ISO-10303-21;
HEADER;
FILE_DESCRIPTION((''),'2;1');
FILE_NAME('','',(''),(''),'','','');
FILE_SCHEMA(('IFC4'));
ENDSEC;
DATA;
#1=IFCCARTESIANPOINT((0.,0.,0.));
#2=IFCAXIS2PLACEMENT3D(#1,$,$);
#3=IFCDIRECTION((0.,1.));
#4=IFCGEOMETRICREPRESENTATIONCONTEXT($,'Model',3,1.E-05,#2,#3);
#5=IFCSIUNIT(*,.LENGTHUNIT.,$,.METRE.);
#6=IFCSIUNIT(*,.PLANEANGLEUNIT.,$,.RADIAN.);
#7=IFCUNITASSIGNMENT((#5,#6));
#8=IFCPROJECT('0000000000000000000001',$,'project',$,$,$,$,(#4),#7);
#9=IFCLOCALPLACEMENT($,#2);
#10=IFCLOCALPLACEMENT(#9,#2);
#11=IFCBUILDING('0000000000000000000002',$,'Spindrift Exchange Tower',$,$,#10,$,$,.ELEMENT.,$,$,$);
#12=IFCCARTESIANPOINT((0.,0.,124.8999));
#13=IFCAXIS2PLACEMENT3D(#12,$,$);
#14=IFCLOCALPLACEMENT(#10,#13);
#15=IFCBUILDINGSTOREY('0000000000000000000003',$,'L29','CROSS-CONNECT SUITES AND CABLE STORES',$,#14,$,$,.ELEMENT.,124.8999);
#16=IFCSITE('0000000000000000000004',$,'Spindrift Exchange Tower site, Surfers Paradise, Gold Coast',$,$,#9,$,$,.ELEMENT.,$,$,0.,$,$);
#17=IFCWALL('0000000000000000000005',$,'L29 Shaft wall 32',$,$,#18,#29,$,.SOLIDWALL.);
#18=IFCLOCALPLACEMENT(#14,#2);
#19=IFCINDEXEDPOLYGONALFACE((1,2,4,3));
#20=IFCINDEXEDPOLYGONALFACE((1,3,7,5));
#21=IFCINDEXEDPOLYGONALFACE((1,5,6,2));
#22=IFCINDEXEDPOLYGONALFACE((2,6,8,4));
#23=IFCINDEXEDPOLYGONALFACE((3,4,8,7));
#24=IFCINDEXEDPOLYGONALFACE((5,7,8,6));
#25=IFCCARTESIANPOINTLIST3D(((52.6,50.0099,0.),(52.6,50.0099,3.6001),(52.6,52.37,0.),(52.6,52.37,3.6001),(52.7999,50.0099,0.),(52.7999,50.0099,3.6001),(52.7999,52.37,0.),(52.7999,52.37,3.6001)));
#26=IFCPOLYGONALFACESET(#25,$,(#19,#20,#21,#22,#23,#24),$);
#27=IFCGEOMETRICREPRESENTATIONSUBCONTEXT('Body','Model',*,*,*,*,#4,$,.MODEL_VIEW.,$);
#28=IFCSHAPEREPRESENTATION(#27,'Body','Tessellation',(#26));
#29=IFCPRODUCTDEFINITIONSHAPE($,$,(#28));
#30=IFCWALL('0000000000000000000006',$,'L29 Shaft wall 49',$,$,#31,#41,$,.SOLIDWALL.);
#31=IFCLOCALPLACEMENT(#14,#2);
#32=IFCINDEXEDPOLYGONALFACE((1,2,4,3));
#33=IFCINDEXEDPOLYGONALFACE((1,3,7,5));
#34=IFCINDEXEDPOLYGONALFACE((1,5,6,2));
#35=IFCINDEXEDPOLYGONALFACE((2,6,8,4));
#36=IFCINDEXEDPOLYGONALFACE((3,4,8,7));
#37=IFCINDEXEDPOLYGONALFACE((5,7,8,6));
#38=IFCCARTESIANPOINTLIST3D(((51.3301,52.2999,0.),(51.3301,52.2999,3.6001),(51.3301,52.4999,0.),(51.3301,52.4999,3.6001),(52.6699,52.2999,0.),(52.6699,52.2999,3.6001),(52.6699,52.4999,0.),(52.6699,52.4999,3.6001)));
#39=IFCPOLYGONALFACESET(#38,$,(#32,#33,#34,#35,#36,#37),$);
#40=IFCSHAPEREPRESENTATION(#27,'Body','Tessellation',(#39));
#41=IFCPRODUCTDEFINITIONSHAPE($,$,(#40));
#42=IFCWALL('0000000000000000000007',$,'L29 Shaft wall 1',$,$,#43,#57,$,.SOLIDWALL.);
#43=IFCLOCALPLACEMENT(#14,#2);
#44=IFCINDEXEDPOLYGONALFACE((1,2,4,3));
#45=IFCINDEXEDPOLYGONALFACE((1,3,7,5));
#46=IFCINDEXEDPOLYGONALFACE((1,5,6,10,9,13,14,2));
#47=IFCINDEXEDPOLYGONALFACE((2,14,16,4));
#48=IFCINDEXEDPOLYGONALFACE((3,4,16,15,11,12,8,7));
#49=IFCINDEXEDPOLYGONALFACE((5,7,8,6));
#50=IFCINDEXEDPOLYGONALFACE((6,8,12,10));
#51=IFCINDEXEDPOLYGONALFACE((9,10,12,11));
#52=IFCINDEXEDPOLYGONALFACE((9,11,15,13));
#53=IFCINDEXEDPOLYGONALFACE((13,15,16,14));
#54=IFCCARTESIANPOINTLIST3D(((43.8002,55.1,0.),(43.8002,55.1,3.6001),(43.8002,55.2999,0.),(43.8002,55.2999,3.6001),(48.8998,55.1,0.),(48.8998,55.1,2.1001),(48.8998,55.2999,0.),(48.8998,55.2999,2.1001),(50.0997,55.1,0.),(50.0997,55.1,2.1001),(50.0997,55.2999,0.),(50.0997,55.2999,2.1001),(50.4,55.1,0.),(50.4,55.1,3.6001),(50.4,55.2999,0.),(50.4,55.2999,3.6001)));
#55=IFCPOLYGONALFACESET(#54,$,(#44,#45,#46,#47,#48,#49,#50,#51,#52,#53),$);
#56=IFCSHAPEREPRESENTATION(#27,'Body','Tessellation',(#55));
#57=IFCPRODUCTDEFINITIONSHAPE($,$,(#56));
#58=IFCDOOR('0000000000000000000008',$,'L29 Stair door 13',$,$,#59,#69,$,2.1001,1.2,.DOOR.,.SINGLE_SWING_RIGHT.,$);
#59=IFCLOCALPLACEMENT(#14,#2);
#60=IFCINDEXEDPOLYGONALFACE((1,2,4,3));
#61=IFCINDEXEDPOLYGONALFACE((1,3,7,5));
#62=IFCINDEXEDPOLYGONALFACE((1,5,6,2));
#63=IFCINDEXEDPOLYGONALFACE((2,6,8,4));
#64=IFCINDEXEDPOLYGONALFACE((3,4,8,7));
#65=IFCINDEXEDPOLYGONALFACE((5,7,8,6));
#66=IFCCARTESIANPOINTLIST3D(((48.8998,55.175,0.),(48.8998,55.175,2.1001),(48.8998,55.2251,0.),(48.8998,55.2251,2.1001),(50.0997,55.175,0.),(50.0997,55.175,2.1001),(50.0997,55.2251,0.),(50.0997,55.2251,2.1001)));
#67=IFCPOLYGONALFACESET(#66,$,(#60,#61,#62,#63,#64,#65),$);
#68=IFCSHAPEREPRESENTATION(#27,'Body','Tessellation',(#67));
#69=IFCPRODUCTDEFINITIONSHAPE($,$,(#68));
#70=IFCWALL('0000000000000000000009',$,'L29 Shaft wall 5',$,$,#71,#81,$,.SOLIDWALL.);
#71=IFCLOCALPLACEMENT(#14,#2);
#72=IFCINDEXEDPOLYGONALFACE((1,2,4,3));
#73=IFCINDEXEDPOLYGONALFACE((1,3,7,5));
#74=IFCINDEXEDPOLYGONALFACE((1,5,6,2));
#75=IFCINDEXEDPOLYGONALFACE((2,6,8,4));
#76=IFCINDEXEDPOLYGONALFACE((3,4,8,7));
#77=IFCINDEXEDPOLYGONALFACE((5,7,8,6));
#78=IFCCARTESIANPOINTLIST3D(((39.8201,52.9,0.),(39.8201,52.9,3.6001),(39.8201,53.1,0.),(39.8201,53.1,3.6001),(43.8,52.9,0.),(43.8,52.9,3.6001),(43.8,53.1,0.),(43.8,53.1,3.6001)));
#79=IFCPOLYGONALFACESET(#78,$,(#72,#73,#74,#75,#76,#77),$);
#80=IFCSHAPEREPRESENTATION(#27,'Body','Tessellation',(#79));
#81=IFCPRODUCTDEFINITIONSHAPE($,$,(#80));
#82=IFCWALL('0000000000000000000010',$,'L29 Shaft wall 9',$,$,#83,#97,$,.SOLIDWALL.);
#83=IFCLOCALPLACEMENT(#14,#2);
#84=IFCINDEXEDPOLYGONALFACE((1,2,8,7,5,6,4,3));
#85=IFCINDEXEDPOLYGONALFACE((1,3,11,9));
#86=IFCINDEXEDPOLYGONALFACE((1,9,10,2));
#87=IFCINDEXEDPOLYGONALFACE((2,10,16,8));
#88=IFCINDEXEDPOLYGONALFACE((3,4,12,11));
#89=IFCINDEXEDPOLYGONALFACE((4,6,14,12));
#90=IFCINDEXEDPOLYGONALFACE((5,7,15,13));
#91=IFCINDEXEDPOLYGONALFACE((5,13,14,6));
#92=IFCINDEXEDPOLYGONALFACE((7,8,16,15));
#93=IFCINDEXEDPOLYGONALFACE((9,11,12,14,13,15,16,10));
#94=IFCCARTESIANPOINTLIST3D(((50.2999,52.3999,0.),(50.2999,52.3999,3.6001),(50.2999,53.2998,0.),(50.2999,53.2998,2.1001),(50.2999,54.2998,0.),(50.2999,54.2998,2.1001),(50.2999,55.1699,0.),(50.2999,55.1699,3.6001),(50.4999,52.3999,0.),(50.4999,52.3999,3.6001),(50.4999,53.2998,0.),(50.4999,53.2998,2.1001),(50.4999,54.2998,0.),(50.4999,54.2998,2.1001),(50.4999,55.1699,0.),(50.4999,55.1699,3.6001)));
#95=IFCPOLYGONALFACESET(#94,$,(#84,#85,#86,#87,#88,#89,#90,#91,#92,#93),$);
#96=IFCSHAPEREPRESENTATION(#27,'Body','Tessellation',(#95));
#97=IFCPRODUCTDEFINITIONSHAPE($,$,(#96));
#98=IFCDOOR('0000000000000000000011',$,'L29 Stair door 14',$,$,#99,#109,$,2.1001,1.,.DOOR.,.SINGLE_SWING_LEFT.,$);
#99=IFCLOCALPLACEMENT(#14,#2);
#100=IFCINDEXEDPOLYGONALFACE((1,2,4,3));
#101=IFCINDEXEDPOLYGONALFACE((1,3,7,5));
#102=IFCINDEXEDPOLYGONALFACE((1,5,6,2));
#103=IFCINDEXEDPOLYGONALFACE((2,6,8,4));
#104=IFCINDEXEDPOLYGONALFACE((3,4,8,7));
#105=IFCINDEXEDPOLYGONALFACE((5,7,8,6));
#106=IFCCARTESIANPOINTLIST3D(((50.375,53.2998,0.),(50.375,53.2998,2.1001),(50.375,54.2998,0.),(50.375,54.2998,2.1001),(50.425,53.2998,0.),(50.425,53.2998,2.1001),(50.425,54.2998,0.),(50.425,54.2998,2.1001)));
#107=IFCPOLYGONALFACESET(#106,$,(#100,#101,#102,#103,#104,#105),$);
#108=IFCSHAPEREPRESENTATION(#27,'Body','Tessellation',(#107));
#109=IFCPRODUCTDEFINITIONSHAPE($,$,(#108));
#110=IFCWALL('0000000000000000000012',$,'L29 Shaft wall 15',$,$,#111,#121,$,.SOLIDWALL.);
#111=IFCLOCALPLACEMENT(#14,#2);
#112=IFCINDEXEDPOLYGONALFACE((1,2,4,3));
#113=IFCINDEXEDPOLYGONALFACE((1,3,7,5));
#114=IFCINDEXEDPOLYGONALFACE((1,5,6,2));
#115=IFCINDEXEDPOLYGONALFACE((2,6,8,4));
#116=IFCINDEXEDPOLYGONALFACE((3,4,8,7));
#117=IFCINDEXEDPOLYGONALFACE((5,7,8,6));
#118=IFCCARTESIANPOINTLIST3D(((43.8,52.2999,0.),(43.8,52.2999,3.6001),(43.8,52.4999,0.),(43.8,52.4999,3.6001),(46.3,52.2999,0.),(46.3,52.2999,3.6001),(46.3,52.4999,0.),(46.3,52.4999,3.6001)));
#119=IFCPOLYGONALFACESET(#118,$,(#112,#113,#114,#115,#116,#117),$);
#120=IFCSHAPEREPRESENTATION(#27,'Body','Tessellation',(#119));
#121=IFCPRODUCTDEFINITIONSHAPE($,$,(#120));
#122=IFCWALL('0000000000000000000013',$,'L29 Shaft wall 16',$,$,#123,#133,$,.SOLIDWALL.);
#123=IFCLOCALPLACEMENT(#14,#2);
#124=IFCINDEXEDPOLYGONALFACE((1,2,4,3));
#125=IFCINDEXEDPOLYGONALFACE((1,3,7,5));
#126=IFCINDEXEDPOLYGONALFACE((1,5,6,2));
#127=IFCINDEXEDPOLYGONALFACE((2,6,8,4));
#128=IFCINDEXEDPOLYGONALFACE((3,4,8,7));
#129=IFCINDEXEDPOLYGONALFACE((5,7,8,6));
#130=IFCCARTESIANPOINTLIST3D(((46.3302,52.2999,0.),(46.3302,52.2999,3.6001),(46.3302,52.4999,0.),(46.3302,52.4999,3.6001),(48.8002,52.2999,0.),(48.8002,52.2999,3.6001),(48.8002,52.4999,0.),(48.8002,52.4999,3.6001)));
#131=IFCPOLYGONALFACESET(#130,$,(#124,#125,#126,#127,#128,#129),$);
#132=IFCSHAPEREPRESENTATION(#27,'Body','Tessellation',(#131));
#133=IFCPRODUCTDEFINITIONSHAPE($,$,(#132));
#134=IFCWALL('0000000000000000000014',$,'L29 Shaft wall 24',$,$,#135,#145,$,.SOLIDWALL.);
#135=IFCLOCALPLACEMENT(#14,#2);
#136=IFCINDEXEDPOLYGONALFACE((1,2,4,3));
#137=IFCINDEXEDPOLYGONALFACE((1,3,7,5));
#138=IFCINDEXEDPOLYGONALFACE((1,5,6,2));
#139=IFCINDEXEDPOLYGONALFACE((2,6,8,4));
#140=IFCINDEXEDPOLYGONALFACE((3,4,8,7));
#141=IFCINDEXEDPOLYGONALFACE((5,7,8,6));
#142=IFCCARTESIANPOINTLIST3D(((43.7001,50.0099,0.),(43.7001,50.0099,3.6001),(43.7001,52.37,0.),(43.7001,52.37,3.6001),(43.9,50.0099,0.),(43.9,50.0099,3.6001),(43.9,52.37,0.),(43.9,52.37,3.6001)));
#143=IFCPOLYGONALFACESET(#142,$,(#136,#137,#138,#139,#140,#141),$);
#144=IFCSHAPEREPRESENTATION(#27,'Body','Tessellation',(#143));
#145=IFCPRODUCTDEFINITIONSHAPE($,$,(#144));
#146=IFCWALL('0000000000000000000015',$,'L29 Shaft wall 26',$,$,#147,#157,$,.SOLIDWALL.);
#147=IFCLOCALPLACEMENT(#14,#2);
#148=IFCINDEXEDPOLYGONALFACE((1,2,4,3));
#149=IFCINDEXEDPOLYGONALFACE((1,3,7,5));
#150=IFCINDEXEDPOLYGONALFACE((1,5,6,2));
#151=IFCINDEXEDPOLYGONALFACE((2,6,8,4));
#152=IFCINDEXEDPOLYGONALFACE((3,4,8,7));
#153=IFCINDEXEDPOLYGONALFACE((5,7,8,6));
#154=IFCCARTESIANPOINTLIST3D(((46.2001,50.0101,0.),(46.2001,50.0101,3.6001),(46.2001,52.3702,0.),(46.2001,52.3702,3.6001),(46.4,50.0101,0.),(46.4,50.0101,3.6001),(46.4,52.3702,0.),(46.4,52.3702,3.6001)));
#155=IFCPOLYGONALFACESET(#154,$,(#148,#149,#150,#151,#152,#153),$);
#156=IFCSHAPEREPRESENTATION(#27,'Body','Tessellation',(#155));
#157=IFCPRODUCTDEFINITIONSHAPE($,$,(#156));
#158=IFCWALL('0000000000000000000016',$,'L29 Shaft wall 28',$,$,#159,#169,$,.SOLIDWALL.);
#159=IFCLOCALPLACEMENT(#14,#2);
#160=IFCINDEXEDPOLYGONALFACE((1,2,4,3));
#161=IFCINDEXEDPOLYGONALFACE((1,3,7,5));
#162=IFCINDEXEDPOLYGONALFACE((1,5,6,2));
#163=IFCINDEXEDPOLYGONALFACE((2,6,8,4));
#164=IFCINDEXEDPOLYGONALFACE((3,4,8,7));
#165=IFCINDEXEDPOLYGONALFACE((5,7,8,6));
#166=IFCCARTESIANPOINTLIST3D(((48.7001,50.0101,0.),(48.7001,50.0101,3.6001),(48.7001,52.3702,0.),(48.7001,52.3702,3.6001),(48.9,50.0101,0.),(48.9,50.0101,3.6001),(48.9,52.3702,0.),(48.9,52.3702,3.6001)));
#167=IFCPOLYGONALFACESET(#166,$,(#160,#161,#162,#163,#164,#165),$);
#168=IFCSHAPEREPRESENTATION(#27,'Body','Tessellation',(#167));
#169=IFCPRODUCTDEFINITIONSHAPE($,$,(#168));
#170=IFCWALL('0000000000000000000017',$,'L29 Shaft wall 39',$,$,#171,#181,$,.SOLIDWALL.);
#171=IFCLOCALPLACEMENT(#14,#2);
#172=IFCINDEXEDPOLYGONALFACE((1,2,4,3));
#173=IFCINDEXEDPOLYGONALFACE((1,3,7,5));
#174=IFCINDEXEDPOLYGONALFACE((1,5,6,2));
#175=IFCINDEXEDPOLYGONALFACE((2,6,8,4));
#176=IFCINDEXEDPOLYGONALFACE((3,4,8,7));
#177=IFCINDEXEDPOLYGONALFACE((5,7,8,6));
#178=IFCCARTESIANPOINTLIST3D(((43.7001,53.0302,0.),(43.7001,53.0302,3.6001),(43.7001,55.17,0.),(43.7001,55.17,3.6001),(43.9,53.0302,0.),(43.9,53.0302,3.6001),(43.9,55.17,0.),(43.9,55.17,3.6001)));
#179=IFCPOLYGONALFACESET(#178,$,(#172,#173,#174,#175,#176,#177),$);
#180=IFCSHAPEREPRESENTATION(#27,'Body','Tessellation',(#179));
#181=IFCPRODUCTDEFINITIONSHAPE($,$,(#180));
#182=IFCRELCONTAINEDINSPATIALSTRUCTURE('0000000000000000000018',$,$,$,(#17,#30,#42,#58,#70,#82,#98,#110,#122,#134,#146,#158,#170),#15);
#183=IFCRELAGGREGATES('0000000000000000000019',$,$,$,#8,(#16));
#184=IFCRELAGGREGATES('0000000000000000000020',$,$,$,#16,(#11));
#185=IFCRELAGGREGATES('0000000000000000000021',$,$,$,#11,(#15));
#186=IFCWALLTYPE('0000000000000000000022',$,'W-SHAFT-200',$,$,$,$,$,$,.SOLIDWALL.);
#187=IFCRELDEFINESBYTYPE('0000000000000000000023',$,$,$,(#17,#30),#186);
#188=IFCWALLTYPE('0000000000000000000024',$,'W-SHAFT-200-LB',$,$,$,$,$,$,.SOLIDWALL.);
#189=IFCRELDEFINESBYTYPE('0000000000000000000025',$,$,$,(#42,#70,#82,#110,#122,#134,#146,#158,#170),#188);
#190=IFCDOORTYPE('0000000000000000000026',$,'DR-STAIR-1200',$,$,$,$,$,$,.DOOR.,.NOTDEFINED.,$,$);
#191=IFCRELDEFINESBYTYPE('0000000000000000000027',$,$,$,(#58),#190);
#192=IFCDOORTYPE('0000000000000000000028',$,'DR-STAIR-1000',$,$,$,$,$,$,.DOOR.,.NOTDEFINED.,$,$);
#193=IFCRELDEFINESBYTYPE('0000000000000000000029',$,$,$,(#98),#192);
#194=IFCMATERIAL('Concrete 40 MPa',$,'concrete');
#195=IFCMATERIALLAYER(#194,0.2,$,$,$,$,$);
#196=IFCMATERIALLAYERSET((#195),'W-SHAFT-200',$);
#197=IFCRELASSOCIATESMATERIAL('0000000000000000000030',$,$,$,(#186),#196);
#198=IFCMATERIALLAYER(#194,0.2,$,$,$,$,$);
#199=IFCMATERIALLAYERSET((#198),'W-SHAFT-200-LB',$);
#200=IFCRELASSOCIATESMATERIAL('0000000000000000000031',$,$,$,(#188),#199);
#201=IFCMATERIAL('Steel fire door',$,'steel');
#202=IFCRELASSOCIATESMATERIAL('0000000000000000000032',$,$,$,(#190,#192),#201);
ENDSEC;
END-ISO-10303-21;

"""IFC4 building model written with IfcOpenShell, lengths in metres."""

from ifc_helpers import new_model, si_unit, direction, frame, frame_2d, origin, place, context, subcontext, project, spatial, rectangle, extrude, source, transform, mapped, material, layer, layer_set, type_object, element, fill, save


model = new_model("IFC4")

# Units and contexts
model_context = context("Model", 3, precision=1e-05, world=origin(), true_north=direction((0.0, 1.0)))
body_context = subcontext(model_context, "Body", "Model", "MODEL_VIEW")
ifc_project = project(units=[si_unit("LENGTHUNIT", "METRE"), si_unit("PLANEANGLEUNIT", "RADIAN")], contexts=[model_context])

# Site, building, storey
site_placement = place(None, origin())
site = spatial("IfcSite", under=ifc_project, at=site_placement, Name="Spindrift Exchange Tower site, Surfers Paradise, Gold Coast", CompositionType="ELEMENT", RefElevation=0.0)
building_placement = place(site_placement, origin())
building = spatial("IfcBuilding", under=site, at=building_placement, Name="Spindrift Exchange Tower", CompositionType="ELEMENT")
storey_placement = place(building_placement, frame((0.0, 0.0, 124.8999)))
storey = spatial("IfcBuildingStorey", under=building, at=storey_placement, Name="L29", Description="CROSS-CONNECT SUITES AND CABLE STORES", CompositionType="ELEMENT", Elevation=124.8999)

# Walls
ifc_material_1 = material(Name="Concrete 40 MPa", Category="concrete")
ifc_layer_1 = layer(ifc_material_1, 0.2)
ifc_layer_set_1 = layer_set([ifc_layer_1], Name="W-SHAFT-200")
wall_type_1 = type_object("IfcWallType", Name="W-SHAFT-200", PredefinedType="SOLIDWALL", material=ifc_layer_set_1)
wall_1_placement = place(storey_placement, frame((52.7, 52.3701, 0.0), z_axis=(0.0, 0.0, 1.0), x_axis=(0.0, -1.0, 0.0)))
element("IfcWall", 1, at=wall_1_placement, inside=storey, type_object=wall_type_1, Name="L29 Shaft wall 32", PredefinedType="SOLIDWALL", context=body_context, shape_type="SweptSolid", body=[
    extrude(rectangle(XDim=2.3601, YDim=0.2, at=frame_2d((1.1802, 0.0))), origin(), (0.0, 0.0, 1.0), 3.6001),
])
wall_2_placement = place(storey_placement, frame((51.3301, 52.3999, 0.0), z_axis=(0.0, 0.0, 1.0), x_axis=(1.0, 0.0, 0.0)))
element("IfcWall", 2, at=wall_2_placement, inside=storey, type_object=wall_type_1, Name="L29 Shaft wall 49", PredefinedType="SOLIDWALL", context=body_context, shape_type="SweptSolid", body=[
    extrude(rectangle(XDim=1.3398, YDim=0.2, at=frame_2d((0.6699, 0.0))), origin(), (0.0, 0.0, 1.0), 3.6001),
])

# Wall, opening, door
ifc_layer_2 = layer(ifc_material_1, 0.2)
ifc_layer_set_2 = layer_set([ifc_layer_2], Name="W-SHAFT-200-LB")
wall_type_2 = type_object("IfcWallType", Name="W-SHAFT-200-LB", PredefinedType="SOLIDWALL", material=ifc_layer_set_2)
wall_3_placement = place(storey_placement, frame((50.3999, 55.2, 0.0), z_axis=(0.0, 0.0, 1.0), x_axis=(-1.0, 0.0, 0.0)))
wall_3 = element("IfcWall", 3, at=wall_3_placement, inside=storey, type_object=wall_type_2, Name="L29 Shaft wall 1", PredefinedType="SOLIDWALL", context=body_context, shape_type="SweptSolid", body=[
    extrude(rectangle(XDim=6.5999, YDim=0.2, at=frame_2d((3.2998, 0.0))), origin(), (0.0, 0.0, 1.0), 3.6001),
])
opening_1_placement = place(wall_3_placement, frame((0.3, 0.0, 0.0)))
opening_1 = element("IfcOpeningElement", 4, at=opening_1_placement, cuts=wall_3, PredefinedType="OPENING", context=body_context, shape_type="SweptSolid", body=[
    extrude(rectangle(XDim=1.2, YDim=2.1001, at=frame_2d((0.6001, 1.05))), frame((0.0, 0.1099, 0.0), z_axis=(0.0, -1.0, 0.0), x_axis=(1.0, 0.0, 0.0)), (0.0, 0.0, 1.0), 0.22),
])
ifc_material_2 = material(Name="Steel fire door", Category="steel")
door_type_1 = type_object("IfcDoorType", Name="DR-STAIR-1200", OperationType="NOTDEFINED", PredefinedType="DOOR", material=ifc_material_2)
shared_shape_1 = source(origin(), body_context, "Body", "SweptSolid", [
    extrude(rectangle(XDim=1.2, YDim=2.1001, at=frame_2d((0.6001, 1.05))), frame((0.0, 0.0249, 0.0), z_axis=(0.0, -1.0, 0.0), x_axis=(1.0, 0.0, 0.0)), (0.0, 0.0, 1.0), 0.05),
])
door_1_placement = place(opening_1_placement, origin())
door_1 = element("IfcDoor", 5, at=door_1_placement, inside=storey, type_object=door_type_1, Name="L29 Stair door 13", OperationType="SINGLE_SWING_RIGHT", OverallHeight=2.1001, OverallWidth=1.2, PredefinedType="DOOR", context=body_context, shape_type="MappedRepresentation", body=[
    mapped(shared_shape_1, transform((0.0, 0.0, 0.0), scale=1.0)),
])
fill(opening_1, door_1)

# Wall
wall_4_placement = place(storey_placement, frame((43.8, 53.0, 0.0), z_axis=(0.0, 0.0, 1.0), x_axis=(-1.0, 0.0, 0.0)))
element("IfcWall", 6, at=wall_4_placement, inside=storey, type_object=wall_type_2, Name="L29 Shaft wall 5", PredefinedType="SOLIDWALL", context=body_context, shape_type="SweptSolid", body=[
    extrude(rectangle(XDim=3.98, YDim=0.2, at=frame_2d((1.99, 0.0))), origin(), (0.0, 0.0, 1.0), 3.6001),
])

# Wall, opening, door
wall_5_placement = place(storey_placement, frame((50.3999, 52.3999, 0.0), z_axis=(0.0, 0.0, 1.0), x_axis=(0.0, 1.0, 0.0)))
wall_5 = element("IfcWall", 7, at=wall_5_placement, inside=storey, type_object=wall_type_2, Name="L29 Shaft wall 9", PredefinedType="SOLIDWALL", context=body_context, shape_type="SweptSolid", body=[
    extrude(rectangle(XDim=2.77, YDim=0.2, at=frame_2d((1.385, 0.0))), origin(), (0.0, 0.0, 1.0), 3.6001),
])
opening_2_placement = place(wall_5_placement, frame((0.8999, 0.0, 0.0)))
opening_2 = element("IfcOpeningElement", 8, at=opening_2_placement, cuts=wall_5, PredefinedType="OPENING", context=body_context, shape_type="SweptSolid", body=[
    extrude(rectangle(XDim=1.0, YDim=2.1001, at=frame_2d((0.5, 1.05))), frame((0.0, 0.1099, 0.0), z_axis=(0.0, -1.0, 0.0), x_axis=(1.0, 0.0, 0.0)), (0.0, 0.0, 1.0), 0.22),
])
door_type_2 = type_object("IfcDoorType", Name="DR-STAIR-1000", OperationType="NOTDEFINED", PredefinedType="DOOR", material=ifc_material_2)
shared_shape_2 = source(origin(), body_context, "Body", "SweptSolid", [
    extrude(rectangle(XDim=1.0, YDim=2.1001, at=frame_2d((0.5, 1.05))), frame((0.0, 0.0249, 0.0), z_axis=(0.0, -1.0, 0.0), x_axis=(1.0, 0.0, 0.0)), (0.0, 0.0, 1.0), 0.05),
])
door_2_placement = place(opening_2_placement, origin())
door_2 = element("IfcDoor", 9, at=door_2_placement, inside=storey, type_object=door_type_2, Name="L29 Stair door 14", OperationType="SINGLE_SWING_LEFT", OverallHeight=2.1001, OverallWidth=1.0, PredefinedType="DOOR", context=body_context, shape_type="MappedRepresentation", body=[
    mapped(shared_shape_2, transform((0.0, 0.0, 0.0), scale=1.0)),
])
fill(opening_2, door_2)

# Walls
wall_6_placement = place(storey_placement, frame((46.3, 52.3999, 0.0), z_axis=(0.0, 0.0, 1.0), x_axis=(-1.0, 0.0, 0.0)))
element("IfcWall", 10, at=wall_6_placement, inside=storey, type_object=wall_type_2, Name="L29 Shaft wall 15", PredefinedType="SOLIDWALL", context=body_context, shape_type="SweptSolid", body=[
    extrude(rectangle(XDim=2.5, YDim=0.2, at=frame_2d((1.25, 0.0))), origin(), (0.0, 0.0, 1.0), 3.6001),
])
wall_7_placement = place(storey_placement, frame((48.8, 52.3999, 0.0), z_axis=(0.0, 0.0, 1.0), x_axis=(-1.0, 0.0, 0.0)))
element("IfcWall", 11, at=wall_7_placement, inside=storey, type_object=wall_type_2, Name="L29 Shaft wall 16", PredefinedType="SOLIDWALL", context=body_context, shape_type="SweptSolid", body=[
    extrude(rectangle(XDim=2.47, YDim=0.2, at=frame_2d((1.2349, 0.0))), origin(), (0.0, 0.0, 1.0), 3.6001),
])
for number, where, z_axis, x_axis, name in (
    (12, (43.8, 52.3701, 0.0), (0.0, 0.0, 1.0), (0.0, -1.0, 0.0), "L29 Shaft wall 24"),
    (13, (46.3, 50.01, 0.0), (0.0, 0.0, 1.0), (0.0, 1.0, 0.0), "L29 Shaft wall 26"),
    (14, (48.8, 50.01, 0.0), (0.0, 0.0, 1.0), (0.0, 1.0, 0.0), "L29 Shaft wall 28"),
):
    element("IfcWall", number, at=place(storey_placement, frame(where, z_axis=z_axis, x_axis=x_axis)), inside=storey, type_object=wall_type_2, Name=name, PredefinedType="SOLIDWALL", context=body_context, shape_type="SweptSolid", body=[
        extrude(rectangle(XDim=2.3601, YDim=0.2, at=frame_2d((1.1802, 0.0))), origin(), (0.0, 0.0, 1.0), 3.6001),
    ])
wall_8_placement = place(storey_placement, frame((43.8, 55.1699, 0.0), z_axis=(0.0, 0.0, 1.0), x_axis=(0.0, -1.0, 0.0)))
element("IfcWall", 15, at=wall_8_placement, inside=storey, type_object=wall_type_2, Name="L29 Shaft wall 39", PredefinedType="SOLIDWALL", context=body_context, shape_type="SweptSolid", body=[
    extrude(rectangle(XDim=2.1399, YDim=0.2, at=frame_2d((1.0698, 0.0))), origin(), (0.0, 0.0, 1.0), 3.6001),
])

save(model, "model.ifc")
